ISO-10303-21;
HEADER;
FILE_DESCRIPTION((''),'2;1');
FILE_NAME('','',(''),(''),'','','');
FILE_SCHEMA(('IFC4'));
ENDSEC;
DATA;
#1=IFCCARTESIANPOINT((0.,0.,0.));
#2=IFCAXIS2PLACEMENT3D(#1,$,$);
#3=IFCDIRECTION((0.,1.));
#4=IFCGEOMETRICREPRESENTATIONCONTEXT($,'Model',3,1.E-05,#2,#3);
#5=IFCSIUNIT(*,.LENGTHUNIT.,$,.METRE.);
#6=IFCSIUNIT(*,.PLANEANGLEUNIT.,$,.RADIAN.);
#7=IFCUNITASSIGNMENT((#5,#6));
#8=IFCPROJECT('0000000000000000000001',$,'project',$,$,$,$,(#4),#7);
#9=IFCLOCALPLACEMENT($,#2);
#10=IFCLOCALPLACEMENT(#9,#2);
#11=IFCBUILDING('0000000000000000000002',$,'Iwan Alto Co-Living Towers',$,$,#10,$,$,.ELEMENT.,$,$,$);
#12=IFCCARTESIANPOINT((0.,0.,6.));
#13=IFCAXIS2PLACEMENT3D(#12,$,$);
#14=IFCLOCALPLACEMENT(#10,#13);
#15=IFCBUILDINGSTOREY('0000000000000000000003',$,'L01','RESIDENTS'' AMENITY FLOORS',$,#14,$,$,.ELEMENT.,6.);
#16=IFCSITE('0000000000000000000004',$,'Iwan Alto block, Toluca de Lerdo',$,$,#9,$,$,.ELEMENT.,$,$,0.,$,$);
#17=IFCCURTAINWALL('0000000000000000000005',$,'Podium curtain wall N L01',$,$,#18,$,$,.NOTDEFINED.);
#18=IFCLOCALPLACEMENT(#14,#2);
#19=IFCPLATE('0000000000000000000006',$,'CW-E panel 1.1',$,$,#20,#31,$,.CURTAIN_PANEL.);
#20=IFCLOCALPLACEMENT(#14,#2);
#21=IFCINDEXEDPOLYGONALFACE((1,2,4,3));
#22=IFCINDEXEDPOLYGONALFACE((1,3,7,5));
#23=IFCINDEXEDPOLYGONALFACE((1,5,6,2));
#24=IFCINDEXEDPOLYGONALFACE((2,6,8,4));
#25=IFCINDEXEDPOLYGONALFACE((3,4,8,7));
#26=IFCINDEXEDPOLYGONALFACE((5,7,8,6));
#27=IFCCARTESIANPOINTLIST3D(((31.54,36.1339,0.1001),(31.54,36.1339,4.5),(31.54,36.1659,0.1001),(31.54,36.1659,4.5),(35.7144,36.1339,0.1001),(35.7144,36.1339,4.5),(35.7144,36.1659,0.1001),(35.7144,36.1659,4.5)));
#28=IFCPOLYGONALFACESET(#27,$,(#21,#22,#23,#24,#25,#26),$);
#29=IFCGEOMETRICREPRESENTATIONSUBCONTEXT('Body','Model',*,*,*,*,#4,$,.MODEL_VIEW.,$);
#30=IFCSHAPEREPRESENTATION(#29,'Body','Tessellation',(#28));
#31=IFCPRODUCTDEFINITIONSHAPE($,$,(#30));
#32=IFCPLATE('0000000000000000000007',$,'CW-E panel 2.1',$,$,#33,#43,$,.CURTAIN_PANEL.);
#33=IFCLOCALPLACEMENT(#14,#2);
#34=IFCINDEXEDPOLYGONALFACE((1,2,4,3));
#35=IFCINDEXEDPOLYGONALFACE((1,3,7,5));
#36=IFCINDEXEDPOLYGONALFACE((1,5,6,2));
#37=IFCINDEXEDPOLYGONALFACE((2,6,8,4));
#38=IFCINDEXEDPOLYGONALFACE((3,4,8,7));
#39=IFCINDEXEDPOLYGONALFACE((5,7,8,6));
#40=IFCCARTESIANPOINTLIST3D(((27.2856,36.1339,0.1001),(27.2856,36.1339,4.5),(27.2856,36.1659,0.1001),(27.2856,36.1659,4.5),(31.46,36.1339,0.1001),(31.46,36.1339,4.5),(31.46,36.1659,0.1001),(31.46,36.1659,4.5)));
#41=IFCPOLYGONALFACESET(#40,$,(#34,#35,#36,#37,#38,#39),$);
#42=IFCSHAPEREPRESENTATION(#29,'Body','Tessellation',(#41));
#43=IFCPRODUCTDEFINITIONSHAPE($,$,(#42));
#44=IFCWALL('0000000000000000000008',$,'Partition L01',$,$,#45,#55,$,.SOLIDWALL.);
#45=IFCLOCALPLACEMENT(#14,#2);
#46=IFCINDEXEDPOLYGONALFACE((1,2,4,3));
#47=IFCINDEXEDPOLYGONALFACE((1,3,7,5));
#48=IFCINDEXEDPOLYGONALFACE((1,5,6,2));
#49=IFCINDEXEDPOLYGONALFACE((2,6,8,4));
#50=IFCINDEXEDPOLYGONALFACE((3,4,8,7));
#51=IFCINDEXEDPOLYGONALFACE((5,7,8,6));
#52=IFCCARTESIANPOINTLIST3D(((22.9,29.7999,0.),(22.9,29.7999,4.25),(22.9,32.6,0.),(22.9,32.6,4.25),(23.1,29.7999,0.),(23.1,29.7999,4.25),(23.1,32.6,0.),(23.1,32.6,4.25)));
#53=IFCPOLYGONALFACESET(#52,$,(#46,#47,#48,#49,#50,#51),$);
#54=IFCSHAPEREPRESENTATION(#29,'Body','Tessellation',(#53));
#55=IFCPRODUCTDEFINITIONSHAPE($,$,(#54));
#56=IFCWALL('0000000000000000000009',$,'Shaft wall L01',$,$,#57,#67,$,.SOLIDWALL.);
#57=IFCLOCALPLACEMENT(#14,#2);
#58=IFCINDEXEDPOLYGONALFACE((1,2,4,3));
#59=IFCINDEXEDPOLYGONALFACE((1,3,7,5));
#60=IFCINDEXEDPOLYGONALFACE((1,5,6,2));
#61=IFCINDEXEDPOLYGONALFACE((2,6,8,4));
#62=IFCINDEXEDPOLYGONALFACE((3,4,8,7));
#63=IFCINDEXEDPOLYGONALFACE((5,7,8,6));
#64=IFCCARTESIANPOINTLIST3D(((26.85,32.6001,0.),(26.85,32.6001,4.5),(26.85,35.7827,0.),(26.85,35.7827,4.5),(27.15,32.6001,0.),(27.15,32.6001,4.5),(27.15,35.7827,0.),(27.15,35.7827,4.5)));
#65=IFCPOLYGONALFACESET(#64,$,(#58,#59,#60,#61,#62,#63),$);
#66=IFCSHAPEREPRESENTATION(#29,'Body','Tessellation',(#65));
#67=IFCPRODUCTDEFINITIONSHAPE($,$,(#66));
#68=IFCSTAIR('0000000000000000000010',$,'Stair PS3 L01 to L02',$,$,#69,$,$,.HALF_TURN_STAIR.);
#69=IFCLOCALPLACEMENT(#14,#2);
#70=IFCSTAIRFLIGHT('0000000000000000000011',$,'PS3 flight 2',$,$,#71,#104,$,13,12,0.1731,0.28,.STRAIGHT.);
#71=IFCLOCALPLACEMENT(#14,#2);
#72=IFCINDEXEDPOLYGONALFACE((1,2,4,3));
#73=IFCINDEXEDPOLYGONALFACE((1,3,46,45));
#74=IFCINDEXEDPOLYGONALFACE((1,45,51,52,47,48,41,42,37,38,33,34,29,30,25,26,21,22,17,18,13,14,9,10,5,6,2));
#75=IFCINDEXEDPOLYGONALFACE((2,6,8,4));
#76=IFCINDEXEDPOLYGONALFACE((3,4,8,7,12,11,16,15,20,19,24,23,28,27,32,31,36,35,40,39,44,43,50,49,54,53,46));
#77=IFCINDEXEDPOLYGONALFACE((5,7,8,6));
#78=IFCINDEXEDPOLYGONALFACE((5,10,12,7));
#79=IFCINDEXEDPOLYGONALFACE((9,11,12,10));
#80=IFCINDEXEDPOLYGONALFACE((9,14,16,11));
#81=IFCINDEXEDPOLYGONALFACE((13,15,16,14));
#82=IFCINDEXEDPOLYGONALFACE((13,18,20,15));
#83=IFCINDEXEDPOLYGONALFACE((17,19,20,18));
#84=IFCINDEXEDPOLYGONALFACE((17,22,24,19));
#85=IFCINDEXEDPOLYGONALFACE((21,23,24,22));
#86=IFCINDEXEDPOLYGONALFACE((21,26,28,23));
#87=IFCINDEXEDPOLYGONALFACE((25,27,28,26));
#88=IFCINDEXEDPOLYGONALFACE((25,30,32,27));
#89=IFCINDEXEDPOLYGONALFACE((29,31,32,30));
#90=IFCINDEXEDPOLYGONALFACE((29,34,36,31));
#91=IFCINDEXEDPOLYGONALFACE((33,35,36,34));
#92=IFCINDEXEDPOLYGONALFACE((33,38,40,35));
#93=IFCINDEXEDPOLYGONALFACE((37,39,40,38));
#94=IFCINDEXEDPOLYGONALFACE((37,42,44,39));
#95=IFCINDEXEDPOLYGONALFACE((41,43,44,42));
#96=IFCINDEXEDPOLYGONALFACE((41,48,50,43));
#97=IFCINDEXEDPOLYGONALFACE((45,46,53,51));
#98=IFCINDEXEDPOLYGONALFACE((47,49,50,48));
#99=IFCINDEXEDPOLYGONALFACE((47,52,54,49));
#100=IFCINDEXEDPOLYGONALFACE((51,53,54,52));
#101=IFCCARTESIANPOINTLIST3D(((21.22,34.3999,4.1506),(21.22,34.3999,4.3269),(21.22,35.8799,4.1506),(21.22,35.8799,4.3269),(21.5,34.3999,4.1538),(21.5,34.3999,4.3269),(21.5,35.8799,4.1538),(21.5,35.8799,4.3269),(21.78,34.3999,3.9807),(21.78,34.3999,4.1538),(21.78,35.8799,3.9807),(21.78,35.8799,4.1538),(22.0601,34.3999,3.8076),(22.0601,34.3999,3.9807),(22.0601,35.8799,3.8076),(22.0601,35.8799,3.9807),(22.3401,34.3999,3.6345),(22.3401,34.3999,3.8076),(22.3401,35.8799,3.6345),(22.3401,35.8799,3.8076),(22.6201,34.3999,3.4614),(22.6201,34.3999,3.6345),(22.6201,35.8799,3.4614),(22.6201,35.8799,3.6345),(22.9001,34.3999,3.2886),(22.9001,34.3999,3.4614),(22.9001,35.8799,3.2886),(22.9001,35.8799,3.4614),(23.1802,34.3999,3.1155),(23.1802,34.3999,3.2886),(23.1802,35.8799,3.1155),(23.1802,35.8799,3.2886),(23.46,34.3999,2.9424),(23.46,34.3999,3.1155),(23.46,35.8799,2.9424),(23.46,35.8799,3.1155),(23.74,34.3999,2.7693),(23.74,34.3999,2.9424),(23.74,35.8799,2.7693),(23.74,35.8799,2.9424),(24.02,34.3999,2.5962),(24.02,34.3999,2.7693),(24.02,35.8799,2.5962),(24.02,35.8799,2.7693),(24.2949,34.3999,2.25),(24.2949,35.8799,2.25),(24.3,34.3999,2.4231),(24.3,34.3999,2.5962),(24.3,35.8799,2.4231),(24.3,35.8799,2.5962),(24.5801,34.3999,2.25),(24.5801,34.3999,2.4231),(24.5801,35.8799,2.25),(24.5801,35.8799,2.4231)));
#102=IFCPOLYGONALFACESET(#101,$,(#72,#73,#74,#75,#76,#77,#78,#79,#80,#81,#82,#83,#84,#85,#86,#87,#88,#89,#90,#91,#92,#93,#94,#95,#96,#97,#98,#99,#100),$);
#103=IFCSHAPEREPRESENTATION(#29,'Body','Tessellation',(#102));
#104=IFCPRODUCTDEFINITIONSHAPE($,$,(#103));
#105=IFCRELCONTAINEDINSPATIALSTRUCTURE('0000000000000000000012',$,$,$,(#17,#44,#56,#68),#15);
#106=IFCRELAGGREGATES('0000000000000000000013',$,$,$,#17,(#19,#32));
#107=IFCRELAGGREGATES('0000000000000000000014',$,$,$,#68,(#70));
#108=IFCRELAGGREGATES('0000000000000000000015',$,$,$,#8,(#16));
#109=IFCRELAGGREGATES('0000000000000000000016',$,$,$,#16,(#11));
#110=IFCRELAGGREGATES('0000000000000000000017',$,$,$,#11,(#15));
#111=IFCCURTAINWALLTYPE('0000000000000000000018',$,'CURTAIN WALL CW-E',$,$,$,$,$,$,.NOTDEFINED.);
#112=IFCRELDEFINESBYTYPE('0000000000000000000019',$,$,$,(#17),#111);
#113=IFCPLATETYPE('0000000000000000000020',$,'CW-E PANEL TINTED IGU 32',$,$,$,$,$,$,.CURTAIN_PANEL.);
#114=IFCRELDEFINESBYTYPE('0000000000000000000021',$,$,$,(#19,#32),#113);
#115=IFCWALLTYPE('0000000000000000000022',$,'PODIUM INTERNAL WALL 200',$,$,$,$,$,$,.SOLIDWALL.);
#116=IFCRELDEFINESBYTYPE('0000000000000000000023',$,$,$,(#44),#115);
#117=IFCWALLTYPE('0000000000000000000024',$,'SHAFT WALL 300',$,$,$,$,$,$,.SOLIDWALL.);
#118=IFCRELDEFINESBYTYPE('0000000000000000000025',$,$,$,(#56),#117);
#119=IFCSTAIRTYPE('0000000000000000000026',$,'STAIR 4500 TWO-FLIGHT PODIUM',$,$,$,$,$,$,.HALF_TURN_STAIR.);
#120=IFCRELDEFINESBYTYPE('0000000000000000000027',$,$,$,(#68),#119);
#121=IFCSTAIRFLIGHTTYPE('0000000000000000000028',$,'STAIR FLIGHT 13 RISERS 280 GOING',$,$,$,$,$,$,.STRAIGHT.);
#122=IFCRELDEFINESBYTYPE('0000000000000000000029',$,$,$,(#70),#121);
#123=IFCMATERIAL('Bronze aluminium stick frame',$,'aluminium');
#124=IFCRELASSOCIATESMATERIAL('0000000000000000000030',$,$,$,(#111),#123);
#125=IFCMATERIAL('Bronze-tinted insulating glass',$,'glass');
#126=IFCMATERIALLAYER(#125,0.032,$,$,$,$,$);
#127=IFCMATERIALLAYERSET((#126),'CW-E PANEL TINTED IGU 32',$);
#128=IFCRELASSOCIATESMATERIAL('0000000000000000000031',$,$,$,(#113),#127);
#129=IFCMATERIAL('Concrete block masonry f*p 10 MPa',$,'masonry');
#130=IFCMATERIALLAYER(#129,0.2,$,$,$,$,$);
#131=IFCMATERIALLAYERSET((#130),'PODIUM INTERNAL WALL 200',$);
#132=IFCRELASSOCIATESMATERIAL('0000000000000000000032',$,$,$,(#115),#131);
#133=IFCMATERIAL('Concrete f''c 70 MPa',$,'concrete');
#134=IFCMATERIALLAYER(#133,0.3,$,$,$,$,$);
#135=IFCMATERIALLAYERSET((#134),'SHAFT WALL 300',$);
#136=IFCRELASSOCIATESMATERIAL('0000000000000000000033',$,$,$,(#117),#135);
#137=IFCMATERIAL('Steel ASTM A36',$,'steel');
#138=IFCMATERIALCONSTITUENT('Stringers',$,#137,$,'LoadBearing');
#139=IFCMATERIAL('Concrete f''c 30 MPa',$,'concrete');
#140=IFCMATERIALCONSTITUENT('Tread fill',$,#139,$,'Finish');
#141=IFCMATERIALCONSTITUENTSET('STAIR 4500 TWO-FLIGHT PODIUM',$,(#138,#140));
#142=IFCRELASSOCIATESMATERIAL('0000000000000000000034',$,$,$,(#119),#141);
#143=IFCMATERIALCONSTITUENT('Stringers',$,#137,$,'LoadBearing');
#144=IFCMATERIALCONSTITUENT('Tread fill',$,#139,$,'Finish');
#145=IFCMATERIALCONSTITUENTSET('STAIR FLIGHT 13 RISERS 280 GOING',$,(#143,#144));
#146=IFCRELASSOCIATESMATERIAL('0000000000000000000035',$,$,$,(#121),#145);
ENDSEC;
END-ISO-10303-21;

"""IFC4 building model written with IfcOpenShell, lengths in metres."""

from ifc_helpers import new_model, si_unit, direction, frame, frame_2d, origin, origin_2d, place, context, subcontext, project, spatial, polyline, rectangle, outline, extrude, material, layer, layer_set, constituent, constituent_set, type_object, element, aggregate, save


model = new_model("IFC4")

# Units and contexts
model_context = context("Model", 3, precision=1e-05, world=origin(), true_north=direction((0.0, 1.0)))
body_context = subcontext(model_context, "Body", "Model", "MODEL_VIEW")
ifc_project = project(units=[si_unit("LENGTHUNIT", "METRE"), si_unit("PLANEANGLEUNIT", "RADIAN")], contexts=[model_context])

# Site, building, storey
site_placement = place(None, origin())
site = spatial("IfcSite", under=ifc_project, at=site_placement, Name="Iwan Alto block, Toluca de Lerdo", CompositionType="ELEMENT", RefElevation=0.0)
building_placement = place(site_placement, origin())
building = spatial("IfcBuilding", under=site, at=building_placement, Name="Iwan Alto Co-Living Towers", CompositionType="ELEMENT")
storey_placement = place(building_placement, frame((0.0, 0.0, 6.0)))
storey = spatial("IfcBuildingStorey", under=building, at=storey_placement, Name="L01", Description="RESIDENTS' AMENITY FLOORS", CompositionType="ELEMENT", Elevation=6.0)

# Shared definitions
ifc_material_1 = material(Name="Bronze aluminium stick frame", Category="aluminium")
curtain_wall_type = type_object("IfcCurtainWallType", Name="CURTAIN WALL CW-E", PredefinedType="NOTDEFINED", material=ifc_material_1)

# Curtain wall
curtain_wall_1_placement = place(storey_placement, origin())
curtain_wall_1 = element("IfcCurtainWall", 1, at=curtain_wall_1_placement, inside=storey, type_object=curtain_wall_type, Name="Podium curtain wall N L01", PredefinedType="NOTDEFINED")

# Plates
ifc_material_2 = material(Name="Bronze-tinted insulating glass", Category="glass")
ifc_layer_1 = layer(ifc_material_2, 0.032)
ifc_layer_set_1 = layer_set([ifc_layer_1], Name="CW-E PANEL TINTED IGU 32")
plate_type = type_object("IfcPlateType", Name="CW-E PANEL TINTED IGU 32", PredefinedType="CURTAIN_PANEL", material=ifc_layer_set_1)
plate_1_placement = place(storey_placement, frame((33.6272, 36.1499, 0.1001), z_axis=(0.0, 0.0, 1.0), x_axis=(-1.0, 0.0, 0.0)))
plate_1 = element("IfcPlate", 2, at=plate_1_placement, type_object=plate_type, Name="CW-E panel 1.1", PredefinedType="CURTAIN_PANEL", context=body_context, shape_type="SweptSolid", body=[
    extrude(rectangle(XDim=4.1743, YDim=0.032, at=origin_2d()), origin(), (0.0, 0.0, 1.0), 4.3999),
])
plate_2_placement = place(storey_placement, frame((29.3728, 36.1499, 0.1001), z_axis=(0.0, 0.0, 1.0), x_axis=(-1.0, 0.0, 0.0)))
plate_2 = element("IfcPlate", 3, at=plate_2_placement, type_object=plate_type, Name="CW-E panel 2.1", PredefinedType="CURTAIN_PANEL", context=body_context, shape_type="SweptSolid", body=[
    extrude(rectangle(XDim=4.1743, YDim=0.032, at=origin_2d()), origin(), (0.0, 0.0, 1.0), 4.3999),
])
aggregate(curtain_wall_1, [plate_1, plate_2])

# Walls
ifc_material_3 = material(Name="Concrete block masonry f*p 10 MPa", Category="masonry")
ifc_layer_2 = layer(ifc_material_3, 0.2)
ifc_layer_set_2 = layer_set([ifc_layer_2], Name="PODIUM INTERNAL WALL 200")
wall_type_1 = type_object("IfcWallType", Name="PODIUM INTERNAL WALL 200", PredefinedType="SOLIDWALL", material=ifc_layer_set_2)
wall_1_placement = place(storey_placement, frame((23.0, 29.8, 0.0), z_axis=(0.0, 0.0, 1.0), x_axis=(0.0, 1.0, 0.0)))
element("IfcWall", 4, at=wall_1_placement, inside=storey, type_object=wall_type_1, Name="Partition L01", PredefinedType="SOLIDWALL", context=body_context, shape_type="SweptSolid", body=[
    extrude(rectangle(XDim=2.8, YDim=0.2, at=frame_2d((1.3999, 0.0))), origin(), (0.0, 0.0, 1.0), 4.25),
])
ifc_material_4 = material(Name="Concrete f'c 70 MPa", Category="concrete")
ifc_layer_3 = layer(ifc_material_4, 0.3)
ifc_layer_set_3 = layer_set([ifc_layer_3], Name="SHAFT WALL 300")
wall_type_2 = type_object("IfcWallType", Name="SHAFT WALL 300", PredefinedType="SOLIDWALL", material=ifc_layer_set_3)
wall_2_placement = place(storey_placement, frame((27.0, 32.6001, 0.0), z_axis=(0.0, 0.0, 1.0), x_axis=(0.0, 1.0, 0.0)))
element("IfcWall", 5, at=wall_2_placement, inside=storey, type_object=wall_type_2, Name="Shaft wall L01", PredefinedType="SOLIDWALL", context=body_context, shape_type="SweptSolid", body=[
    extrude(rectangle(XDim=3.1826, YDim=0.3, at=frame_2d((1.5913, 0.0))), origin(), (0.0, 0.0, 1.0), 4.5),
])

# Stair, stair flight
ifc_material_5 = material(Name="Steel ASTM A36", Category="steel")
ifc_constituent_1 = constituent(ifc_material_5, Name="Stringers", Category="LoadBearing")
ifc_material_6 = material(Name="Concrete f'c 30 MPa", Category="concrete")
ifc_constituent_2 = constituent(ifc_material_6, Name="Tread fill", Category="Finish")
ifc_constituent_set_1 = constituent_set(constituents=[ifc_constituent_1, ifc_constituent_2], Name="STAIR 4500 TWO-FLIGHT PODIUM")
stair_type = type_object("IfcStairType", Name="STAIR 4500 TWO-FLIGHT PODIUM", PredefinedType="HALF_TURN_STAIR", material=ifc_constituent_set_1)
stair_placement = place(storey_placement, origin())
stair = element("IfcStair", 6, at=stair_placement, inside=storey, type_object=stair_type, Name="Stair PS3 L01 to L02", PredefinedType="HALF_TURN_STAIR")
ifc_constituent_3 = constituent(ifc_material_5, Name="Stringers", Category="LoadBearing")
ifc_constituent_4 = constituent(ifc_material_6, Name="Tread fill", Category="Finish")
ifc_constituent_set_2 = constituent_set(constituents=[ifc_constituent_3, ifc_constituent_4], Name="STAIR FLIGHT 13 RISERS 280 GOING")
stair_flight_type = type_object("IfcStairFlightType", Name="STAIR FLIGHT 13 RISERS 280 GOING", PredefinedType="STRAIGHT", material=ifc_constituent_set_2)
stair_flight_placement = place(storey_placement, frame((24.5801, 35.1399, 2.25), z_axis=(0.0, 0.0, 1.0), x_axis=(-1.0, 0.0, 0.0)))
stair_flight = element("IfcStairFlight", 7, at=stair_flight_placement, type_object=stair_flight_type, Name="PS3 flight 2", NumberOfRisers=13, NumberOfTreads=12, PredefinedType="STRAIGHT", RiserHeight=0.1731, TreadLength=0.28, context=body_context, shape_type="SweptSolid", body=[
    extrude(outline(polyline([(0.0, 0.0), (0.0, 0.1731), (0.28, 0.1731), (0.28, 0.3462), (0.5601, 0.3462), (0.5601, 0.5193), (0.8401, 0.5193), (0.8401, 0.6924), (1.1201, 0.6924), (1.1201, 0.8655), (1.3999, 0.8655), (1.3999, 1.0386), (1.6799, 1.0386), (1.6799, 1.2114), (1.96, 1.2114), (1.96, 1.3845), (2.24, 1.3845), (2.24, 1.5576), (2.52, 1.5576), (2.52, 1.7307), (2.8, 1.7307), (2.8, 1.9038), (3.0801, 1.9038), (3.0801, 2.0769), (3.3601, 2.0769), (3.3601, 2.25), (3.3601, 1.9006), (0.2852, 0.0), (0.0, 0.0)])), frame((0.0, 0.74, 0.0), z_axis=(0.0, -1.0, 0.0), x_axis=(1.0, 0.0, 0.0)), (0.0, 0.0, 1.0), 1.48),
])
aggregate(stair, [stair_flight])

save(model, "model.ifc")
